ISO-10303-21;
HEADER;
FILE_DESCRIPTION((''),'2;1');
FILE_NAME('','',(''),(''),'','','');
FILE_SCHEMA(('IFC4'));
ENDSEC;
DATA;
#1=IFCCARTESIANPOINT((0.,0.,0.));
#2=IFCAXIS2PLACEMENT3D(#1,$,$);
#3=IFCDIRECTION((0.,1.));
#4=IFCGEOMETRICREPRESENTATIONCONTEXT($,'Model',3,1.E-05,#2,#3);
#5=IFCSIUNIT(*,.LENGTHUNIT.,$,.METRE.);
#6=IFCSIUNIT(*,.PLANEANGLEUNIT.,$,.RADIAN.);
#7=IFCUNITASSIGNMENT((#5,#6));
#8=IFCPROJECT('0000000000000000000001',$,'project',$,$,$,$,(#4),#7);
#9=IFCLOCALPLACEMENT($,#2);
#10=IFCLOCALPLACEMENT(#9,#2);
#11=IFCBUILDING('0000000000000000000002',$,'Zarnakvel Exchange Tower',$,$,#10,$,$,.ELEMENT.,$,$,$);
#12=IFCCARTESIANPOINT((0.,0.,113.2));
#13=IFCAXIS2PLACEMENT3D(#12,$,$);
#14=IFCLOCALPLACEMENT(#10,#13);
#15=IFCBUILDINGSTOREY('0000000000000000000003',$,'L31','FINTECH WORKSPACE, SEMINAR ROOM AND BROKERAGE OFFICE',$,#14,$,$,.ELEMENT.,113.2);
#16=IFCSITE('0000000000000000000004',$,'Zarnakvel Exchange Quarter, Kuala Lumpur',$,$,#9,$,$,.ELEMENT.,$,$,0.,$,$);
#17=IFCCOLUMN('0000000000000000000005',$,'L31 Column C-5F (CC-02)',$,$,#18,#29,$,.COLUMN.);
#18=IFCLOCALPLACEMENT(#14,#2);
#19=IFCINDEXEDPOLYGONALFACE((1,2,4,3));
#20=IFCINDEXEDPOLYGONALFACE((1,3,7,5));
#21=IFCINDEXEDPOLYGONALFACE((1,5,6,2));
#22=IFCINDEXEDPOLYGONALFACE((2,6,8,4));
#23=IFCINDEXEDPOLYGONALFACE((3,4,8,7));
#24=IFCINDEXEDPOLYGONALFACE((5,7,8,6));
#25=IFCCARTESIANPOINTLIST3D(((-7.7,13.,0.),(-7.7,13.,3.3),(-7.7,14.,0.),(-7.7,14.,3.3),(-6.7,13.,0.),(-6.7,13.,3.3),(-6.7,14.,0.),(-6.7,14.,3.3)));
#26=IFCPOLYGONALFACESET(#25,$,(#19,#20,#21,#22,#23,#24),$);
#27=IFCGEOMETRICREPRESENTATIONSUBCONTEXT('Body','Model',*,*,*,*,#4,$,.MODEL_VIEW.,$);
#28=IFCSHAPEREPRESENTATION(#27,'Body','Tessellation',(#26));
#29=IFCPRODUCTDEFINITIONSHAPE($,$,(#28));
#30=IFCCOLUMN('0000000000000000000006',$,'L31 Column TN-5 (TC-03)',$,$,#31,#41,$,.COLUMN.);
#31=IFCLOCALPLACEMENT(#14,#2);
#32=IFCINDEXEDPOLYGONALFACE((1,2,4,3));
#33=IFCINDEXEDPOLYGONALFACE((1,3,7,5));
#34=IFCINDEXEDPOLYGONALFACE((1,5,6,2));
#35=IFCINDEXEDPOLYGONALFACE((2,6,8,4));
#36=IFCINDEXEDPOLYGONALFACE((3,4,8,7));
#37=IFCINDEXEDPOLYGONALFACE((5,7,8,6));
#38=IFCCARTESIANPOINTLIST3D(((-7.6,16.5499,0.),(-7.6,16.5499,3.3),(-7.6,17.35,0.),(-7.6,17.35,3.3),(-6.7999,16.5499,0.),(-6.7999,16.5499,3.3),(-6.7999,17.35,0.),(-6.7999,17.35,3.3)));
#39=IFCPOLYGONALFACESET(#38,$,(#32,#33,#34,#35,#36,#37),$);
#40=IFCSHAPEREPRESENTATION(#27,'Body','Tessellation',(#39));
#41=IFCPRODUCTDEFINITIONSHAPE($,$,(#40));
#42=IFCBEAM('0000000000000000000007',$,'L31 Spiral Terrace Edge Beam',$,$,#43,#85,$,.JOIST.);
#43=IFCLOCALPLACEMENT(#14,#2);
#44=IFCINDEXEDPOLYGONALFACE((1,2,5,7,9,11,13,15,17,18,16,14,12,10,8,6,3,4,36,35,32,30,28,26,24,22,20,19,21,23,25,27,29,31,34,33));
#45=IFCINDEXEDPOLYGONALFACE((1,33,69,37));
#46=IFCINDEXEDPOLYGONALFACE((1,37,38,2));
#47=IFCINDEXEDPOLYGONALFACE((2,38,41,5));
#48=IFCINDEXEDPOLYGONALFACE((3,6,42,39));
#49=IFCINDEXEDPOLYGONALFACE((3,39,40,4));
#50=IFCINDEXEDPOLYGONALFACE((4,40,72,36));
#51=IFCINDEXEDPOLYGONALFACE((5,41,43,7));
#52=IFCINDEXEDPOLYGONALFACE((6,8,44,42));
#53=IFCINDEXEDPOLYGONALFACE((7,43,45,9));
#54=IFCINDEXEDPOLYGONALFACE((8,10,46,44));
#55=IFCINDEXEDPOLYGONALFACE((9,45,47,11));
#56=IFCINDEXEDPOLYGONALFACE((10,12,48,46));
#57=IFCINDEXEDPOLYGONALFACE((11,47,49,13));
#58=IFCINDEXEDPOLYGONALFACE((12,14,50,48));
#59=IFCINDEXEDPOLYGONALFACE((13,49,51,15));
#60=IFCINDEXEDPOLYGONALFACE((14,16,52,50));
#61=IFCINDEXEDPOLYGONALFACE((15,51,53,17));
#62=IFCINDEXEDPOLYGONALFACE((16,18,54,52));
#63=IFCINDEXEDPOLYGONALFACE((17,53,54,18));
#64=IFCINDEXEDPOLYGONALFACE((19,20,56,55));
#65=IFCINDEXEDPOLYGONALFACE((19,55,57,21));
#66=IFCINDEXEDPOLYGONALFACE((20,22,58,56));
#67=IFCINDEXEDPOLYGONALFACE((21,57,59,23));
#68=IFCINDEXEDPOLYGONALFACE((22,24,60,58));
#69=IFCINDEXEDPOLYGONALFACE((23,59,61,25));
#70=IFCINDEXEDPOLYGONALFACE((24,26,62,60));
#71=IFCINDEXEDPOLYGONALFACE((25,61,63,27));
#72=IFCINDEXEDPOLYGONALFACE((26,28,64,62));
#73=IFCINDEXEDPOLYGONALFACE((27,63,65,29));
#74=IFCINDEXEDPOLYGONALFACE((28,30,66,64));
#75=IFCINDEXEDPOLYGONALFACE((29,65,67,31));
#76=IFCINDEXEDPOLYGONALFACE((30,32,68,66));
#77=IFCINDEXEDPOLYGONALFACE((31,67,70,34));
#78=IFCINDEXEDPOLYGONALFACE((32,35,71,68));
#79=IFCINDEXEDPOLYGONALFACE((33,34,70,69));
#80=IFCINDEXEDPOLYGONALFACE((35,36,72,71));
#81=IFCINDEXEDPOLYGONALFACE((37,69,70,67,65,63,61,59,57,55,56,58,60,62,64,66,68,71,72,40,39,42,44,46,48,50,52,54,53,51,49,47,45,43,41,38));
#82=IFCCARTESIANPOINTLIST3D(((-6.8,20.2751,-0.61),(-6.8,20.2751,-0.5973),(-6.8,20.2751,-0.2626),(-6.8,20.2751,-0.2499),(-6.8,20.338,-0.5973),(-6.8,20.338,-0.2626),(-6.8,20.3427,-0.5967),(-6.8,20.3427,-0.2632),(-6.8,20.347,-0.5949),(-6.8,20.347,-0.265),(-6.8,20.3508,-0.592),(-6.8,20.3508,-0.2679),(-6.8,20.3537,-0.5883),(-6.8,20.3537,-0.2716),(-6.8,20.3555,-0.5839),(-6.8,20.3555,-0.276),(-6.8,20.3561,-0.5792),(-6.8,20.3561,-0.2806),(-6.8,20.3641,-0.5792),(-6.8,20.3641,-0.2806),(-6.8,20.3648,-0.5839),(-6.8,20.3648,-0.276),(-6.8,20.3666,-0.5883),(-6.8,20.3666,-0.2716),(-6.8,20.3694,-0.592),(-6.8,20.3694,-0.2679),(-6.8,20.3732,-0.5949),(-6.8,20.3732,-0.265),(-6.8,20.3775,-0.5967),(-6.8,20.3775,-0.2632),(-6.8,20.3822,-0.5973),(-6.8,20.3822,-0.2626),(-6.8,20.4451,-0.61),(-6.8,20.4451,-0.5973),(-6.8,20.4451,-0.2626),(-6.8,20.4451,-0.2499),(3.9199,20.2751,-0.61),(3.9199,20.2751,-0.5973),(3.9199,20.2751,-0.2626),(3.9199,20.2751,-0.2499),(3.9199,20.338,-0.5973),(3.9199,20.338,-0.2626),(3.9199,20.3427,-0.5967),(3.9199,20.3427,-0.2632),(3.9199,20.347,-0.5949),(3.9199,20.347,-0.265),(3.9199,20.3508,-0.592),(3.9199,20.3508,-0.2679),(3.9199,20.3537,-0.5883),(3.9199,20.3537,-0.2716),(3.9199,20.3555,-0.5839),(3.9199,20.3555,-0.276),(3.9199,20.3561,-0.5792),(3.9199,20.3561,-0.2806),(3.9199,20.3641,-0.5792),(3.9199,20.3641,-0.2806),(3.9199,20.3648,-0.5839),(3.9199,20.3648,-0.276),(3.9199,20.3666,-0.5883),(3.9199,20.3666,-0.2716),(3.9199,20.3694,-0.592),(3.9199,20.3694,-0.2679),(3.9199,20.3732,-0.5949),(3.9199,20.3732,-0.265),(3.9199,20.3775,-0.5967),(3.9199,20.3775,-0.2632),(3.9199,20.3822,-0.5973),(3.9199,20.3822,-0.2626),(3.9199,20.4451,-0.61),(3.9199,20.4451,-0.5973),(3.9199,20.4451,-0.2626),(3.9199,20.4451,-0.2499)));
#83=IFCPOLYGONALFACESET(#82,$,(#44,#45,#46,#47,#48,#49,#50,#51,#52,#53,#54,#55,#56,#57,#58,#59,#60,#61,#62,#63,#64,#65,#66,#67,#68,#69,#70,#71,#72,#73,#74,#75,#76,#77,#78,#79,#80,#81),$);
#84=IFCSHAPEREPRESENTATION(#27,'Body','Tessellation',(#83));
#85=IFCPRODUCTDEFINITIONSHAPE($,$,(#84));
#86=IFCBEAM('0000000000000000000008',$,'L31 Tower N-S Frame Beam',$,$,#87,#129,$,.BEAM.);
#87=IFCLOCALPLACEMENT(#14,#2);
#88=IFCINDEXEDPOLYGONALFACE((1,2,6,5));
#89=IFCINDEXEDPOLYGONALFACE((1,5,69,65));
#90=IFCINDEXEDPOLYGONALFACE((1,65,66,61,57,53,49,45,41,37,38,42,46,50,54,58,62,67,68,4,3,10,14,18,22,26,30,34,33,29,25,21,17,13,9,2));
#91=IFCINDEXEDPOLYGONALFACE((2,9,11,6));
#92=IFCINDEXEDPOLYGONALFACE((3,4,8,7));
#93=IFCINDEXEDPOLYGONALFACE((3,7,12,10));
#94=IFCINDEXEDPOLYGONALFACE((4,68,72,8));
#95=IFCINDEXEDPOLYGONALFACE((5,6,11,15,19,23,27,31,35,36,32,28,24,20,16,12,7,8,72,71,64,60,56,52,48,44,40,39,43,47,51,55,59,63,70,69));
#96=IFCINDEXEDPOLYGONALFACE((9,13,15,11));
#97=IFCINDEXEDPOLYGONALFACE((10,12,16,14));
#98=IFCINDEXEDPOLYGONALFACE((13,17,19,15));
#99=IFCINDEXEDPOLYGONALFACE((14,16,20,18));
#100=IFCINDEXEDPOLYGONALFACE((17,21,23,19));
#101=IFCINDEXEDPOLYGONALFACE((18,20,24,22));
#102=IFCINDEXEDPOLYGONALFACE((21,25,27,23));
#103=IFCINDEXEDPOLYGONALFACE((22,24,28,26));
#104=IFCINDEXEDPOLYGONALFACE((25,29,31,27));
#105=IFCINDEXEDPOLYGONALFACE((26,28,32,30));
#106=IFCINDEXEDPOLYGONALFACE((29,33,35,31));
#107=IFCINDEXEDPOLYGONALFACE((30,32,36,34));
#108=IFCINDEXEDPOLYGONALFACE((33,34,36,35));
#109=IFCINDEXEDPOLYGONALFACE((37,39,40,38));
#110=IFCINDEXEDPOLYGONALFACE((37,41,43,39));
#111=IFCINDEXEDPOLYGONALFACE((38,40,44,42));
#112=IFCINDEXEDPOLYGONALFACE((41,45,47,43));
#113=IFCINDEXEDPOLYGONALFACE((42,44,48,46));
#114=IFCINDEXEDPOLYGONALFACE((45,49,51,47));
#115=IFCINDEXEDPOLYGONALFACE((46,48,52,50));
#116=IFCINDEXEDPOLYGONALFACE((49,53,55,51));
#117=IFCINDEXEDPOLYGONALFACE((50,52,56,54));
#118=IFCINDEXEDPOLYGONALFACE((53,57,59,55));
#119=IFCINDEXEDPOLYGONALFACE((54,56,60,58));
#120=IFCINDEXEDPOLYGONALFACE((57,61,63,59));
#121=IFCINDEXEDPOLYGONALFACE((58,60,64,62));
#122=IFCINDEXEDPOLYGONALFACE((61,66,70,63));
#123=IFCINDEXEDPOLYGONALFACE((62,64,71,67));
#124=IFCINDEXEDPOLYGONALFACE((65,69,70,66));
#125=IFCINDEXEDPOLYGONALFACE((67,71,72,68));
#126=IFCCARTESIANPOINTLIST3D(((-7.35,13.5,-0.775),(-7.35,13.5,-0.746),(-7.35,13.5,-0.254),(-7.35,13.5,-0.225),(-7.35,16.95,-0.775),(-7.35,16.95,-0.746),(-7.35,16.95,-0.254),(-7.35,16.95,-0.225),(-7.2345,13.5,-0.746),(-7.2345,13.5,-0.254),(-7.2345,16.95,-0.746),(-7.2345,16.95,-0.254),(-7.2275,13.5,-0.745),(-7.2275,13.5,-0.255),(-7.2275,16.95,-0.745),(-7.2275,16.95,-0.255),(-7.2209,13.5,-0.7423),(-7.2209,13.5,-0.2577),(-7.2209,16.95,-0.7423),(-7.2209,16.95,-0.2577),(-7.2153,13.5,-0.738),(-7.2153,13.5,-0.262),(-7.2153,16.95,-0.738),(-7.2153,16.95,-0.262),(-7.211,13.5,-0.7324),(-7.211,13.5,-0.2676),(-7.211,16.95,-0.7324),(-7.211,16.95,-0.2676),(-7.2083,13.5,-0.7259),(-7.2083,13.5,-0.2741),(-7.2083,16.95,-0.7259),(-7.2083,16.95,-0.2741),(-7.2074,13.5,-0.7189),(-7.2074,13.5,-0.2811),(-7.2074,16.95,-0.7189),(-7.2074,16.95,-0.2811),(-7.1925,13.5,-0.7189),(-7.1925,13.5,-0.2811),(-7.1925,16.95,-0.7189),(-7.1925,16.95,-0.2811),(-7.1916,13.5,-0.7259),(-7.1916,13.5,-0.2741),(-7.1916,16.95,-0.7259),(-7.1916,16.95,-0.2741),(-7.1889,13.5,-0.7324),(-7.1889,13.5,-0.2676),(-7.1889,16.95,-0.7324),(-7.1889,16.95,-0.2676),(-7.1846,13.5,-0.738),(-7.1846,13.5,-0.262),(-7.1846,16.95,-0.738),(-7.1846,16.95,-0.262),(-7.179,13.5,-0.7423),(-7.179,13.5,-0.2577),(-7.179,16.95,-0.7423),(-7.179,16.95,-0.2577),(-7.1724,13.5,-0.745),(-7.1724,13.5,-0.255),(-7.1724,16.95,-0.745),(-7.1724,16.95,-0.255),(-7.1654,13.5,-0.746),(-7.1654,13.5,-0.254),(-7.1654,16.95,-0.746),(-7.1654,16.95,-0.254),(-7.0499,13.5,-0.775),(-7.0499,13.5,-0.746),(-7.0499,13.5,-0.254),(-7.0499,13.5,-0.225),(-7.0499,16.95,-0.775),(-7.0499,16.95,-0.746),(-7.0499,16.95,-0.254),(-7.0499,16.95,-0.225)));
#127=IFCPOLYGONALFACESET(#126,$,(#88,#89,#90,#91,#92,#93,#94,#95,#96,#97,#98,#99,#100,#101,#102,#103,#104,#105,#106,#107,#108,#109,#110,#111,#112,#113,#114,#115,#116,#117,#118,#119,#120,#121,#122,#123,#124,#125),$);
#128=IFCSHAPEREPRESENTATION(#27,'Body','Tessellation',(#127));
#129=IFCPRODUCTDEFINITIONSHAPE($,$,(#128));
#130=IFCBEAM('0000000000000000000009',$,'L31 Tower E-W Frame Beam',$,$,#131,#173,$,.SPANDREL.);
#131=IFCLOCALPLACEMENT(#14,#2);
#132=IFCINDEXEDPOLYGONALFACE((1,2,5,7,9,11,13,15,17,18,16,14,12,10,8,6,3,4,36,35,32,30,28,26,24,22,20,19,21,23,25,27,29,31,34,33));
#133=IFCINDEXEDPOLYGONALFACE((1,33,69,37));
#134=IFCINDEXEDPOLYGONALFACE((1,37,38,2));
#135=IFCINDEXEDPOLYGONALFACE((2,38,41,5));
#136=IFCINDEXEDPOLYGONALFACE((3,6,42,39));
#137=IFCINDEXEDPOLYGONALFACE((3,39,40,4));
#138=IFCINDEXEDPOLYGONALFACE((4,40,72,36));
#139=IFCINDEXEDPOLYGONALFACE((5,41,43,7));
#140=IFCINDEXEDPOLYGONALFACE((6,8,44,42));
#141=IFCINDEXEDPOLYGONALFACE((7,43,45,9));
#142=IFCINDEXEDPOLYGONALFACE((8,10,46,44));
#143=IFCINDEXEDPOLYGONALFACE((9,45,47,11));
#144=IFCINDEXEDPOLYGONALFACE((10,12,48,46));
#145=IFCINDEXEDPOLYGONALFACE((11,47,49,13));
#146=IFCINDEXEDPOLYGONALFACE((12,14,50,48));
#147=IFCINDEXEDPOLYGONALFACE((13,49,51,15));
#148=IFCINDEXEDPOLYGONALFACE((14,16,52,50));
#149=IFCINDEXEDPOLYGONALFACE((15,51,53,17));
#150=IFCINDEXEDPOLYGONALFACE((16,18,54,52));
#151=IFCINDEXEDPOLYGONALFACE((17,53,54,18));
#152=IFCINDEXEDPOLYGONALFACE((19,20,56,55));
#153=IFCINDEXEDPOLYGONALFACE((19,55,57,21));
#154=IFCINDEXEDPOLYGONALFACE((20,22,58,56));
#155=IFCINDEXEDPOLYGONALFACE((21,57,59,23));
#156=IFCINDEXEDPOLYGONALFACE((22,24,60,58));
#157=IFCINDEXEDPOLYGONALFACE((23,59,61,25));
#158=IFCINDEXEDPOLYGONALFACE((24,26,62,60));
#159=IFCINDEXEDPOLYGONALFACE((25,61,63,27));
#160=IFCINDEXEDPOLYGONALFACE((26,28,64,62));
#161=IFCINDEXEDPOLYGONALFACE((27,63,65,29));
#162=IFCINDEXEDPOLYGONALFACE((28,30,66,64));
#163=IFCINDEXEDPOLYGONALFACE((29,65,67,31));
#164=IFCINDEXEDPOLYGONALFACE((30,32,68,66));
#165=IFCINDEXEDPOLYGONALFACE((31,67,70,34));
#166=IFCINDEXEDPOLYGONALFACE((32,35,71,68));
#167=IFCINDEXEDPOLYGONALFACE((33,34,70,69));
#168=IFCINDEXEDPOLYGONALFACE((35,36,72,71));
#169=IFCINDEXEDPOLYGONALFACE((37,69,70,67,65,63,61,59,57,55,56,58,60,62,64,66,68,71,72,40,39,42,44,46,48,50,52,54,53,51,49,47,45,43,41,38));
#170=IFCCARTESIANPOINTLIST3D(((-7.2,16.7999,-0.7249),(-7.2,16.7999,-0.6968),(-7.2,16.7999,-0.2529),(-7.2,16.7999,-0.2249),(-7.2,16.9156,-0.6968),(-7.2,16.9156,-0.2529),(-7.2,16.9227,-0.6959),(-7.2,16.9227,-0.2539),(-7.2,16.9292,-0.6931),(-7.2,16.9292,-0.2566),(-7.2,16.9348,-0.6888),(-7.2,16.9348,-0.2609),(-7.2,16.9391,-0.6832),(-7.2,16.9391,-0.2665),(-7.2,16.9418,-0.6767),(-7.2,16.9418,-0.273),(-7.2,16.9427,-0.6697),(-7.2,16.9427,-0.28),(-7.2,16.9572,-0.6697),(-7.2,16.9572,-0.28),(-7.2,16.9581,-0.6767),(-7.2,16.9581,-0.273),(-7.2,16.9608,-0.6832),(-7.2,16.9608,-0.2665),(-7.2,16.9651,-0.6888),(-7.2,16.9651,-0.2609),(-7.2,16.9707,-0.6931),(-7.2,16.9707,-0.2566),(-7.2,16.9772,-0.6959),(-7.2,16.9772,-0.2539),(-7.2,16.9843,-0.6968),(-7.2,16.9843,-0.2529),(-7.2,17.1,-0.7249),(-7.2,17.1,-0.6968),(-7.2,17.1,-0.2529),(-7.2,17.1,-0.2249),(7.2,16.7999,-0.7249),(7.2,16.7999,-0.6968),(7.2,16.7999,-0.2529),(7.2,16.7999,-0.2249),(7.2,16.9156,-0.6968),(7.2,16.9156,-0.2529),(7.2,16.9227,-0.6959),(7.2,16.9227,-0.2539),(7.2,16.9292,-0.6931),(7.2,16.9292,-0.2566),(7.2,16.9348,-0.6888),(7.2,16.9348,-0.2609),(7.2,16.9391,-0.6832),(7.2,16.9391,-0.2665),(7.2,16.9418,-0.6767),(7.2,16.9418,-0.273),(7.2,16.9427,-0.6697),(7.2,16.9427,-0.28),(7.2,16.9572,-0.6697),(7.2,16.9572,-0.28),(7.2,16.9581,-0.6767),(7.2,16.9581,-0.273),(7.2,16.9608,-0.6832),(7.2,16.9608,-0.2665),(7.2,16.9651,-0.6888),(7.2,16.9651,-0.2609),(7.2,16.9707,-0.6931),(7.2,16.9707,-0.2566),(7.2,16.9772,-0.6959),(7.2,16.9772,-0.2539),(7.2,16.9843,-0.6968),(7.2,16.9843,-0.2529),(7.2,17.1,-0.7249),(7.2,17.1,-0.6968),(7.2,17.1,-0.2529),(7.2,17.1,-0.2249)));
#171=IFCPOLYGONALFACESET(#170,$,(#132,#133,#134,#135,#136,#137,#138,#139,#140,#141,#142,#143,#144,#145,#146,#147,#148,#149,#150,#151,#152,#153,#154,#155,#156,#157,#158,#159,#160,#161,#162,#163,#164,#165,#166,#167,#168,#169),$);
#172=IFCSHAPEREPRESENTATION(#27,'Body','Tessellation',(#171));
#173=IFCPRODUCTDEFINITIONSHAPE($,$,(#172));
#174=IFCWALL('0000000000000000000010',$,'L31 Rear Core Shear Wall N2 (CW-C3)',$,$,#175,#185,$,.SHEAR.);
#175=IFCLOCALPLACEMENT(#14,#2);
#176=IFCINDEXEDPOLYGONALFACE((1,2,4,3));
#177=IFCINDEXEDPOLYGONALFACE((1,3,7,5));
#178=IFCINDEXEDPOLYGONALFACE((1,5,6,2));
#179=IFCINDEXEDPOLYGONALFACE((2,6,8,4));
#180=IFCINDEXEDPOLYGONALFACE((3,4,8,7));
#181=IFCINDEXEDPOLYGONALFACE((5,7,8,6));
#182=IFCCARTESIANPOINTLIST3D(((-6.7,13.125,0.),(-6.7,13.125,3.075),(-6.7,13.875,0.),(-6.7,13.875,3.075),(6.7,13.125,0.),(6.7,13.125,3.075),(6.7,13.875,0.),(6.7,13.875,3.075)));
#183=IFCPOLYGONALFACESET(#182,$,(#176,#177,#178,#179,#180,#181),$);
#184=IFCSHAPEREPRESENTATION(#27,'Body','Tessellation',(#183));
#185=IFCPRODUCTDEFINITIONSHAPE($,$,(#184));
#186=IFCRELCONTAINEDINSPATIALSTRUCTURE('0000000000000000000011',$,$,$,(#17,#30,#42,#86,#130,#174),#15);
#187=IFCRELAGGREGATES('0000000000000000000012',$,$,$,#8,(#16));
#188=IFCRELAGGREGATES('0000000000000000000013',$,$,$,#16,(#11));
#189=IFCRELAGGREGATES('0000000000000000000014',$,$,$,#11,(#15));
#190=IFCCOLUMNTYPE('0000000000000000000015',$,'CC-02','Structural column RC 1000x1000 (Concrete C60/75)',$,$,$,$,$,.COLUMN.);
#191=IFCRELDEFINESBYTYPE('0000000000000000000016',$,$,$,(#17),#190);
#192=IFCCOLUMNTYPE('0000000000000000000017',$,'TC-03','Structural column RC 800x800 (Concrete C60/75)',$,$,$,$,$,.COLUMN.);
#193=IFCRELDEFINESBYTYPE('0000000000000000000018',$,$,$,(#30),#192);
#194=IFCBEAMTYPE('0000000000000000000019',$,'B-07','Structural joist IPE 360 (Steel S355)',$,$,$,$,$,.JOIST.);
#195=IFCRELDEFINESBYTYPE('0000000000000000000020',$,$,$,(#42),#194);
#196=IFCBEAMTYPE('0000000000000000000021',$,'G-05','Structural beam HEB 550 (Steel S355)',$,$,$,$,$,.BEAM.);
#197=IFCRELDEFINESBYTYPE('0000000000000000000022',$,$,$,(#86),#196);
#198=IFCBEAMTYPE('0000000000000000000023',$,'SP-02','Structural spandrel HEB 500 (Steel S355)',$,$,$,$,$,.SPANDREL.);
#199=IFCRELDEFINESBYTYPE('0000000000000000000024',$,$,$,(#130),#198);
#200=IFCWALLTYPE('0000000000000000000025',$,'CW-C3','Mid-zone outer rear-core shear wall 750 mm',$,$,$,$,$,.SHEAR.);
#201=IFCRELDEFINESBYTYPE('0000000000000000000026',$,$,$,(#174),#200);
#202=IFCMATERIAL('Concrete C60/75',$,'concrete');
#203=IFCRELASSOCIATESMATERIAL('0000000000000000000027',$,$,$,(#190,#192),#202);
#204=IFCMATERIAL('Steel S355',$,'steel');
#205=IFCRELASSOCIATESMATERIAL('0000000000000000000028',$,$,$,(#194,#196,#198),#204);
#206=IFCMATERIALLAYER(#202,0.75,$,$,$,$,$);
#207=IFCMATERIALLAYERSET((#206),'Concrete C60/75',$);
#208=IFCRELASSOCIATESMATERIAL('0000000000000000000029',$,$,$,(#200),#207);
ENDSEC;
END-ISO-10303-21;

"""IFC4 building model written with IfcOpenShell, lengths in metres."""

from ifc_helpers import new_model, si_unit, direction, frame, frame_2d, origin, origin_2d, place, context, subcontext, project, spatial, rectangle, i_section, extrude, material, layer, layer_set, material_profile, profile_set, type_object, element, save


model = new_model("IFC4")

# Units and contexts
model_context = context("Model", 3, precision=1e-05, world=origin(), true_north=direction((0.0, 1.0)))
body_context = subcontext(model_context, "Body", "Model", "MODEL_VIEW")
ifc_project = project(units=[si_unit("LENGTHUNIT", "METRE"), si_unit("PLANEANGLEUNIT", "RADIAN")], contexts=[model_context])

# Site, building, storey
site_placement = place(None, origin())
site = spatial("IfcSite", under=ifc_project, at=site_placement, Name="Zarnakvel Exchange Quarter, Kuala Lumpur", CompositionType="ELEMENT", RefElevation=0.0)
building_placement = place(site_placement, origin())
building = spatial("IfcBuilding", under=site, at=building_placement, Name="Zarnakvel Exchange Tower", CompositionType="ELEMENT")
storey_placement = place(building_placement, frame((0.0, 0.0, 113.2)))
storey = spatial("IfcBuildingStorey", under=building, at=storey_placement, Name="L31", Description="FINTECH WORKSPACE, SEMINAR ROOM AND BROKERAGE OFFICE", CompositionType="ELEMENT", Elevation=113.2)

# Columns
ifc_material_1 = material(Name="Concrete C60/75", Category="concrete")
ifc_material_profile_1 = material_profile(ifc_material_1, rectangle(XDim=1.0, YDim=1.0, at=origin_2d()))
ifc_profile_set_1 = profile_set([ifc_material_profile_1], Name="Concrete C60/75")
column_type_1 = type_object("IfcColumnType", Name="CC-02", Description="Structural column RC 1000x1000 (Concrete C60/75)", PredefinedType="COLUMN", material=ifc_profile_set_1)
column_1_placement = place(storey_placement, frame((-7.2, 13.5, 0.0), z_axis=(0.0, 0.0, 1.0), x_axis=(1.0, 0.0, 0.0)))
element("IfcColumn", 1, at=column_1_placement, inside=storey, type_object=column_type_1, Name="L31 Column C-5F (CC-02)", PredefinedType="COLUMN", context=body_context, shape_type="SweptSolid", body=[
    extrude(rectangle(XDim=1.0, YDim=1.0, at=origin_2d()), origin(), (0.0, 0.0, 1.0), 3.3),
])
ifc_material_profile_2 = material_profile(ifc_material_1, rectangle(XDim=0.8, YDim=0.8, at=origin_2d()))
ifc_profile_set_2 = profile_set([ifc_material_profile_2], Name="Concrete C60/75")
column_type_2 = type_object("IfcColumnType", Name="TC-03", Description="Structural column RC 800x800 (Concrete C60/75)", PredefinedType="COLUMN", material=ifc_profile_set_2)
column_2_placement = place(storey_placement, frame((-7.2, 16.95, 0.0), z_axis=(0.0, 0.0, 1.0), x_axis=(1.0, 0.0, 0.0)))
element("IfcColumn", 2, at=column_2_placement, inside=storey, type_object=column_type_2, Name="L31 Column TN-5 (TC-03)", PredefinedType="COLUMN", context=body_context, shape_type="SweptSolid", body=[
    extrude(rectangle(XDim=0.8, YDim=0.8, at=origin_2d()), origin(), (0.0, 0.0, 1.0), 3.3),
])

# Beams
ifc_material_2 = material(Name="Steel S355", Category="steel")
ifc_material_profile_3 = material_profile(ifc_material_2, i_section(OverallWidth=0.1699, OverallDepth=0.3601, WebThickness=0.0081, FlangeThickness=0.0127, FilletRadius=0.0181, at=origin_2d()))
ifc_profile_set_3 = profile_set([ifc_material_profile_3], Name="Steel S355")
beam_type_1 = type_object("IfcBeamType", Name="B-07", Description="Structural joist IPE 360 (Steel S355)", PredefinedType="JOIST", material=ifc_profile_set_3)
beam_1_placement = place(storey_placement, frame((-6.8, 20.3601, -0.4299), z_axis=(1.0, 0.0, 0.0), x_axis=(0.0, 1.0, 0.0)))
element("IfcBeam", 3, at=beam_1_placement, inside=storey, type_object=beam_type_1, Name="L31 Spiral Terrace Edge Beam", PredefinedType="JOIST", context=body_context, shape_type="SweptSolid", body=[
    extrude(i_section(OverallWidth=0.1699, OverallDepth=0.3601, WebThickness=0.0081, FlangeThickness=0.0127, FilletRadius=0.0181, at=origin_2d()), origin(), (0.0, 0.0, 1.0), 10.72),
])
ifc_material_profile_4 = material_profile(ifc_material_2, i_section(OverallWidth=0.3, OverallDepth=0.55, WebThickness=0.0149, FlangeThickness=0.0291, FilletRadius=0.0271, at=origin_2d()))
ifc_profile_set_4 = profile_set([ifc_material_profile_4], Name="Steel S355")
beam_type_2 = type_object("IfcBeamType", Name="G-05", Description="Structural beam HEB 550 (Steel S355)", PredefinedType="BEAM", material=ifc_profile_set_4)
beam_2_placement = place(storey_placement, frame((-7.2, 13.5, -0.5), z_axis=(0.0, 1.0, 0.0), x_axis=(-1.0, 0.0, 0.0)))
element("IfcBeam", 4, at=beam_2_placement, inside=storey, type_object=beam_type_2, Name="L31 Tower N-S Frame Beam", PredefinedType="BEAM", context=body_context, shape_type="SweptSolid", body=[
    extrude(i_section(OverallWidth=0.3, OverallDepth=0.55, WebThickness=0.0149, FlangeThickness=0.0291, FilletRadius=0.0271, at=origin_2d()), origin(), (0.0, 0.0, 1.0), 3.45),
])
ifc_material_profile_5 = material_profile(ifc_material_2, i_section(OverallWidth=0.3, OverallDepth=0.5, WebThickness=0.0144, FlangeThickness=0.0281, FilletRadius=0.0271, at=origin_2d()))
ifc_profile_set_5 = profile_set([ifc_material_profile_5], Name="Steel S355")
beam_type_3 = type_object("IfcBeamType", Name="SP-02", Description="Structural spandrel HEB 500 (Steel S355)", PredefinedType="SPANDREL", material=ifc_profile_set_5)
beam_3_placement = place(storey_placement, frame((-7.2, 16.95, -0.4749), z_axis=(1.0, 0.0, 0.0), x_axis=(0.0, 1.0, 0.0)))
element("IfcBeam", 5, at=beam_3_placement, inside=storey, type_object=beam_type_3, Name="L31 Tower E-W Frame Beam", PredefinedType="SPANDREL", context=body_context, shape_type="SweptSolid", body=[
    extrude(i_section(OverallWidth=0.3, OverallDepth=0.5, WebThickness=0.0144, FlangeThickness=0.0281, FilletRadius=0.0271, at=origin_2d()), origin(), (0.0, 0.0, 1.0), 14.3999),
])

# Wall
ifc_layer_1 = layer(ifc_material_1, 0.75)
ifc_layer_set_1 = layer_set([ifc_layer_1], Name="Concrete C60/75")
wall_type_1 = type_object("IfcWallType", Name="CW-C3", Description="Mid-zone outer rear-core shear wall 750 mm", PredefinedType="SHEAR", material=ifc_layer_set_1)
wall_1_placement = place(storey_placement, frame((-6.7, 13.5, 0.0), z_axis=(0.0, 0.0, 1.0), x_axis=(1.0, 0.0, 0.0)))
element("IfcWall", 6, at=wall_1_placement, inside=storey, type_object=wall_type_1, Name="L31 Rear Core Shear Wall N2 (CW-C3)", PredefinedType="SHEAR", context=body_context, shape_type="SweptSolid", body=[
    extrude(rectangle(XDim=13.3999, YDim=0.75, at=frame_2d((6.7, 0.0))), origin(), (0.0, 0.0, 1.0), 3.075),
])

save(model, "model.ifc")
